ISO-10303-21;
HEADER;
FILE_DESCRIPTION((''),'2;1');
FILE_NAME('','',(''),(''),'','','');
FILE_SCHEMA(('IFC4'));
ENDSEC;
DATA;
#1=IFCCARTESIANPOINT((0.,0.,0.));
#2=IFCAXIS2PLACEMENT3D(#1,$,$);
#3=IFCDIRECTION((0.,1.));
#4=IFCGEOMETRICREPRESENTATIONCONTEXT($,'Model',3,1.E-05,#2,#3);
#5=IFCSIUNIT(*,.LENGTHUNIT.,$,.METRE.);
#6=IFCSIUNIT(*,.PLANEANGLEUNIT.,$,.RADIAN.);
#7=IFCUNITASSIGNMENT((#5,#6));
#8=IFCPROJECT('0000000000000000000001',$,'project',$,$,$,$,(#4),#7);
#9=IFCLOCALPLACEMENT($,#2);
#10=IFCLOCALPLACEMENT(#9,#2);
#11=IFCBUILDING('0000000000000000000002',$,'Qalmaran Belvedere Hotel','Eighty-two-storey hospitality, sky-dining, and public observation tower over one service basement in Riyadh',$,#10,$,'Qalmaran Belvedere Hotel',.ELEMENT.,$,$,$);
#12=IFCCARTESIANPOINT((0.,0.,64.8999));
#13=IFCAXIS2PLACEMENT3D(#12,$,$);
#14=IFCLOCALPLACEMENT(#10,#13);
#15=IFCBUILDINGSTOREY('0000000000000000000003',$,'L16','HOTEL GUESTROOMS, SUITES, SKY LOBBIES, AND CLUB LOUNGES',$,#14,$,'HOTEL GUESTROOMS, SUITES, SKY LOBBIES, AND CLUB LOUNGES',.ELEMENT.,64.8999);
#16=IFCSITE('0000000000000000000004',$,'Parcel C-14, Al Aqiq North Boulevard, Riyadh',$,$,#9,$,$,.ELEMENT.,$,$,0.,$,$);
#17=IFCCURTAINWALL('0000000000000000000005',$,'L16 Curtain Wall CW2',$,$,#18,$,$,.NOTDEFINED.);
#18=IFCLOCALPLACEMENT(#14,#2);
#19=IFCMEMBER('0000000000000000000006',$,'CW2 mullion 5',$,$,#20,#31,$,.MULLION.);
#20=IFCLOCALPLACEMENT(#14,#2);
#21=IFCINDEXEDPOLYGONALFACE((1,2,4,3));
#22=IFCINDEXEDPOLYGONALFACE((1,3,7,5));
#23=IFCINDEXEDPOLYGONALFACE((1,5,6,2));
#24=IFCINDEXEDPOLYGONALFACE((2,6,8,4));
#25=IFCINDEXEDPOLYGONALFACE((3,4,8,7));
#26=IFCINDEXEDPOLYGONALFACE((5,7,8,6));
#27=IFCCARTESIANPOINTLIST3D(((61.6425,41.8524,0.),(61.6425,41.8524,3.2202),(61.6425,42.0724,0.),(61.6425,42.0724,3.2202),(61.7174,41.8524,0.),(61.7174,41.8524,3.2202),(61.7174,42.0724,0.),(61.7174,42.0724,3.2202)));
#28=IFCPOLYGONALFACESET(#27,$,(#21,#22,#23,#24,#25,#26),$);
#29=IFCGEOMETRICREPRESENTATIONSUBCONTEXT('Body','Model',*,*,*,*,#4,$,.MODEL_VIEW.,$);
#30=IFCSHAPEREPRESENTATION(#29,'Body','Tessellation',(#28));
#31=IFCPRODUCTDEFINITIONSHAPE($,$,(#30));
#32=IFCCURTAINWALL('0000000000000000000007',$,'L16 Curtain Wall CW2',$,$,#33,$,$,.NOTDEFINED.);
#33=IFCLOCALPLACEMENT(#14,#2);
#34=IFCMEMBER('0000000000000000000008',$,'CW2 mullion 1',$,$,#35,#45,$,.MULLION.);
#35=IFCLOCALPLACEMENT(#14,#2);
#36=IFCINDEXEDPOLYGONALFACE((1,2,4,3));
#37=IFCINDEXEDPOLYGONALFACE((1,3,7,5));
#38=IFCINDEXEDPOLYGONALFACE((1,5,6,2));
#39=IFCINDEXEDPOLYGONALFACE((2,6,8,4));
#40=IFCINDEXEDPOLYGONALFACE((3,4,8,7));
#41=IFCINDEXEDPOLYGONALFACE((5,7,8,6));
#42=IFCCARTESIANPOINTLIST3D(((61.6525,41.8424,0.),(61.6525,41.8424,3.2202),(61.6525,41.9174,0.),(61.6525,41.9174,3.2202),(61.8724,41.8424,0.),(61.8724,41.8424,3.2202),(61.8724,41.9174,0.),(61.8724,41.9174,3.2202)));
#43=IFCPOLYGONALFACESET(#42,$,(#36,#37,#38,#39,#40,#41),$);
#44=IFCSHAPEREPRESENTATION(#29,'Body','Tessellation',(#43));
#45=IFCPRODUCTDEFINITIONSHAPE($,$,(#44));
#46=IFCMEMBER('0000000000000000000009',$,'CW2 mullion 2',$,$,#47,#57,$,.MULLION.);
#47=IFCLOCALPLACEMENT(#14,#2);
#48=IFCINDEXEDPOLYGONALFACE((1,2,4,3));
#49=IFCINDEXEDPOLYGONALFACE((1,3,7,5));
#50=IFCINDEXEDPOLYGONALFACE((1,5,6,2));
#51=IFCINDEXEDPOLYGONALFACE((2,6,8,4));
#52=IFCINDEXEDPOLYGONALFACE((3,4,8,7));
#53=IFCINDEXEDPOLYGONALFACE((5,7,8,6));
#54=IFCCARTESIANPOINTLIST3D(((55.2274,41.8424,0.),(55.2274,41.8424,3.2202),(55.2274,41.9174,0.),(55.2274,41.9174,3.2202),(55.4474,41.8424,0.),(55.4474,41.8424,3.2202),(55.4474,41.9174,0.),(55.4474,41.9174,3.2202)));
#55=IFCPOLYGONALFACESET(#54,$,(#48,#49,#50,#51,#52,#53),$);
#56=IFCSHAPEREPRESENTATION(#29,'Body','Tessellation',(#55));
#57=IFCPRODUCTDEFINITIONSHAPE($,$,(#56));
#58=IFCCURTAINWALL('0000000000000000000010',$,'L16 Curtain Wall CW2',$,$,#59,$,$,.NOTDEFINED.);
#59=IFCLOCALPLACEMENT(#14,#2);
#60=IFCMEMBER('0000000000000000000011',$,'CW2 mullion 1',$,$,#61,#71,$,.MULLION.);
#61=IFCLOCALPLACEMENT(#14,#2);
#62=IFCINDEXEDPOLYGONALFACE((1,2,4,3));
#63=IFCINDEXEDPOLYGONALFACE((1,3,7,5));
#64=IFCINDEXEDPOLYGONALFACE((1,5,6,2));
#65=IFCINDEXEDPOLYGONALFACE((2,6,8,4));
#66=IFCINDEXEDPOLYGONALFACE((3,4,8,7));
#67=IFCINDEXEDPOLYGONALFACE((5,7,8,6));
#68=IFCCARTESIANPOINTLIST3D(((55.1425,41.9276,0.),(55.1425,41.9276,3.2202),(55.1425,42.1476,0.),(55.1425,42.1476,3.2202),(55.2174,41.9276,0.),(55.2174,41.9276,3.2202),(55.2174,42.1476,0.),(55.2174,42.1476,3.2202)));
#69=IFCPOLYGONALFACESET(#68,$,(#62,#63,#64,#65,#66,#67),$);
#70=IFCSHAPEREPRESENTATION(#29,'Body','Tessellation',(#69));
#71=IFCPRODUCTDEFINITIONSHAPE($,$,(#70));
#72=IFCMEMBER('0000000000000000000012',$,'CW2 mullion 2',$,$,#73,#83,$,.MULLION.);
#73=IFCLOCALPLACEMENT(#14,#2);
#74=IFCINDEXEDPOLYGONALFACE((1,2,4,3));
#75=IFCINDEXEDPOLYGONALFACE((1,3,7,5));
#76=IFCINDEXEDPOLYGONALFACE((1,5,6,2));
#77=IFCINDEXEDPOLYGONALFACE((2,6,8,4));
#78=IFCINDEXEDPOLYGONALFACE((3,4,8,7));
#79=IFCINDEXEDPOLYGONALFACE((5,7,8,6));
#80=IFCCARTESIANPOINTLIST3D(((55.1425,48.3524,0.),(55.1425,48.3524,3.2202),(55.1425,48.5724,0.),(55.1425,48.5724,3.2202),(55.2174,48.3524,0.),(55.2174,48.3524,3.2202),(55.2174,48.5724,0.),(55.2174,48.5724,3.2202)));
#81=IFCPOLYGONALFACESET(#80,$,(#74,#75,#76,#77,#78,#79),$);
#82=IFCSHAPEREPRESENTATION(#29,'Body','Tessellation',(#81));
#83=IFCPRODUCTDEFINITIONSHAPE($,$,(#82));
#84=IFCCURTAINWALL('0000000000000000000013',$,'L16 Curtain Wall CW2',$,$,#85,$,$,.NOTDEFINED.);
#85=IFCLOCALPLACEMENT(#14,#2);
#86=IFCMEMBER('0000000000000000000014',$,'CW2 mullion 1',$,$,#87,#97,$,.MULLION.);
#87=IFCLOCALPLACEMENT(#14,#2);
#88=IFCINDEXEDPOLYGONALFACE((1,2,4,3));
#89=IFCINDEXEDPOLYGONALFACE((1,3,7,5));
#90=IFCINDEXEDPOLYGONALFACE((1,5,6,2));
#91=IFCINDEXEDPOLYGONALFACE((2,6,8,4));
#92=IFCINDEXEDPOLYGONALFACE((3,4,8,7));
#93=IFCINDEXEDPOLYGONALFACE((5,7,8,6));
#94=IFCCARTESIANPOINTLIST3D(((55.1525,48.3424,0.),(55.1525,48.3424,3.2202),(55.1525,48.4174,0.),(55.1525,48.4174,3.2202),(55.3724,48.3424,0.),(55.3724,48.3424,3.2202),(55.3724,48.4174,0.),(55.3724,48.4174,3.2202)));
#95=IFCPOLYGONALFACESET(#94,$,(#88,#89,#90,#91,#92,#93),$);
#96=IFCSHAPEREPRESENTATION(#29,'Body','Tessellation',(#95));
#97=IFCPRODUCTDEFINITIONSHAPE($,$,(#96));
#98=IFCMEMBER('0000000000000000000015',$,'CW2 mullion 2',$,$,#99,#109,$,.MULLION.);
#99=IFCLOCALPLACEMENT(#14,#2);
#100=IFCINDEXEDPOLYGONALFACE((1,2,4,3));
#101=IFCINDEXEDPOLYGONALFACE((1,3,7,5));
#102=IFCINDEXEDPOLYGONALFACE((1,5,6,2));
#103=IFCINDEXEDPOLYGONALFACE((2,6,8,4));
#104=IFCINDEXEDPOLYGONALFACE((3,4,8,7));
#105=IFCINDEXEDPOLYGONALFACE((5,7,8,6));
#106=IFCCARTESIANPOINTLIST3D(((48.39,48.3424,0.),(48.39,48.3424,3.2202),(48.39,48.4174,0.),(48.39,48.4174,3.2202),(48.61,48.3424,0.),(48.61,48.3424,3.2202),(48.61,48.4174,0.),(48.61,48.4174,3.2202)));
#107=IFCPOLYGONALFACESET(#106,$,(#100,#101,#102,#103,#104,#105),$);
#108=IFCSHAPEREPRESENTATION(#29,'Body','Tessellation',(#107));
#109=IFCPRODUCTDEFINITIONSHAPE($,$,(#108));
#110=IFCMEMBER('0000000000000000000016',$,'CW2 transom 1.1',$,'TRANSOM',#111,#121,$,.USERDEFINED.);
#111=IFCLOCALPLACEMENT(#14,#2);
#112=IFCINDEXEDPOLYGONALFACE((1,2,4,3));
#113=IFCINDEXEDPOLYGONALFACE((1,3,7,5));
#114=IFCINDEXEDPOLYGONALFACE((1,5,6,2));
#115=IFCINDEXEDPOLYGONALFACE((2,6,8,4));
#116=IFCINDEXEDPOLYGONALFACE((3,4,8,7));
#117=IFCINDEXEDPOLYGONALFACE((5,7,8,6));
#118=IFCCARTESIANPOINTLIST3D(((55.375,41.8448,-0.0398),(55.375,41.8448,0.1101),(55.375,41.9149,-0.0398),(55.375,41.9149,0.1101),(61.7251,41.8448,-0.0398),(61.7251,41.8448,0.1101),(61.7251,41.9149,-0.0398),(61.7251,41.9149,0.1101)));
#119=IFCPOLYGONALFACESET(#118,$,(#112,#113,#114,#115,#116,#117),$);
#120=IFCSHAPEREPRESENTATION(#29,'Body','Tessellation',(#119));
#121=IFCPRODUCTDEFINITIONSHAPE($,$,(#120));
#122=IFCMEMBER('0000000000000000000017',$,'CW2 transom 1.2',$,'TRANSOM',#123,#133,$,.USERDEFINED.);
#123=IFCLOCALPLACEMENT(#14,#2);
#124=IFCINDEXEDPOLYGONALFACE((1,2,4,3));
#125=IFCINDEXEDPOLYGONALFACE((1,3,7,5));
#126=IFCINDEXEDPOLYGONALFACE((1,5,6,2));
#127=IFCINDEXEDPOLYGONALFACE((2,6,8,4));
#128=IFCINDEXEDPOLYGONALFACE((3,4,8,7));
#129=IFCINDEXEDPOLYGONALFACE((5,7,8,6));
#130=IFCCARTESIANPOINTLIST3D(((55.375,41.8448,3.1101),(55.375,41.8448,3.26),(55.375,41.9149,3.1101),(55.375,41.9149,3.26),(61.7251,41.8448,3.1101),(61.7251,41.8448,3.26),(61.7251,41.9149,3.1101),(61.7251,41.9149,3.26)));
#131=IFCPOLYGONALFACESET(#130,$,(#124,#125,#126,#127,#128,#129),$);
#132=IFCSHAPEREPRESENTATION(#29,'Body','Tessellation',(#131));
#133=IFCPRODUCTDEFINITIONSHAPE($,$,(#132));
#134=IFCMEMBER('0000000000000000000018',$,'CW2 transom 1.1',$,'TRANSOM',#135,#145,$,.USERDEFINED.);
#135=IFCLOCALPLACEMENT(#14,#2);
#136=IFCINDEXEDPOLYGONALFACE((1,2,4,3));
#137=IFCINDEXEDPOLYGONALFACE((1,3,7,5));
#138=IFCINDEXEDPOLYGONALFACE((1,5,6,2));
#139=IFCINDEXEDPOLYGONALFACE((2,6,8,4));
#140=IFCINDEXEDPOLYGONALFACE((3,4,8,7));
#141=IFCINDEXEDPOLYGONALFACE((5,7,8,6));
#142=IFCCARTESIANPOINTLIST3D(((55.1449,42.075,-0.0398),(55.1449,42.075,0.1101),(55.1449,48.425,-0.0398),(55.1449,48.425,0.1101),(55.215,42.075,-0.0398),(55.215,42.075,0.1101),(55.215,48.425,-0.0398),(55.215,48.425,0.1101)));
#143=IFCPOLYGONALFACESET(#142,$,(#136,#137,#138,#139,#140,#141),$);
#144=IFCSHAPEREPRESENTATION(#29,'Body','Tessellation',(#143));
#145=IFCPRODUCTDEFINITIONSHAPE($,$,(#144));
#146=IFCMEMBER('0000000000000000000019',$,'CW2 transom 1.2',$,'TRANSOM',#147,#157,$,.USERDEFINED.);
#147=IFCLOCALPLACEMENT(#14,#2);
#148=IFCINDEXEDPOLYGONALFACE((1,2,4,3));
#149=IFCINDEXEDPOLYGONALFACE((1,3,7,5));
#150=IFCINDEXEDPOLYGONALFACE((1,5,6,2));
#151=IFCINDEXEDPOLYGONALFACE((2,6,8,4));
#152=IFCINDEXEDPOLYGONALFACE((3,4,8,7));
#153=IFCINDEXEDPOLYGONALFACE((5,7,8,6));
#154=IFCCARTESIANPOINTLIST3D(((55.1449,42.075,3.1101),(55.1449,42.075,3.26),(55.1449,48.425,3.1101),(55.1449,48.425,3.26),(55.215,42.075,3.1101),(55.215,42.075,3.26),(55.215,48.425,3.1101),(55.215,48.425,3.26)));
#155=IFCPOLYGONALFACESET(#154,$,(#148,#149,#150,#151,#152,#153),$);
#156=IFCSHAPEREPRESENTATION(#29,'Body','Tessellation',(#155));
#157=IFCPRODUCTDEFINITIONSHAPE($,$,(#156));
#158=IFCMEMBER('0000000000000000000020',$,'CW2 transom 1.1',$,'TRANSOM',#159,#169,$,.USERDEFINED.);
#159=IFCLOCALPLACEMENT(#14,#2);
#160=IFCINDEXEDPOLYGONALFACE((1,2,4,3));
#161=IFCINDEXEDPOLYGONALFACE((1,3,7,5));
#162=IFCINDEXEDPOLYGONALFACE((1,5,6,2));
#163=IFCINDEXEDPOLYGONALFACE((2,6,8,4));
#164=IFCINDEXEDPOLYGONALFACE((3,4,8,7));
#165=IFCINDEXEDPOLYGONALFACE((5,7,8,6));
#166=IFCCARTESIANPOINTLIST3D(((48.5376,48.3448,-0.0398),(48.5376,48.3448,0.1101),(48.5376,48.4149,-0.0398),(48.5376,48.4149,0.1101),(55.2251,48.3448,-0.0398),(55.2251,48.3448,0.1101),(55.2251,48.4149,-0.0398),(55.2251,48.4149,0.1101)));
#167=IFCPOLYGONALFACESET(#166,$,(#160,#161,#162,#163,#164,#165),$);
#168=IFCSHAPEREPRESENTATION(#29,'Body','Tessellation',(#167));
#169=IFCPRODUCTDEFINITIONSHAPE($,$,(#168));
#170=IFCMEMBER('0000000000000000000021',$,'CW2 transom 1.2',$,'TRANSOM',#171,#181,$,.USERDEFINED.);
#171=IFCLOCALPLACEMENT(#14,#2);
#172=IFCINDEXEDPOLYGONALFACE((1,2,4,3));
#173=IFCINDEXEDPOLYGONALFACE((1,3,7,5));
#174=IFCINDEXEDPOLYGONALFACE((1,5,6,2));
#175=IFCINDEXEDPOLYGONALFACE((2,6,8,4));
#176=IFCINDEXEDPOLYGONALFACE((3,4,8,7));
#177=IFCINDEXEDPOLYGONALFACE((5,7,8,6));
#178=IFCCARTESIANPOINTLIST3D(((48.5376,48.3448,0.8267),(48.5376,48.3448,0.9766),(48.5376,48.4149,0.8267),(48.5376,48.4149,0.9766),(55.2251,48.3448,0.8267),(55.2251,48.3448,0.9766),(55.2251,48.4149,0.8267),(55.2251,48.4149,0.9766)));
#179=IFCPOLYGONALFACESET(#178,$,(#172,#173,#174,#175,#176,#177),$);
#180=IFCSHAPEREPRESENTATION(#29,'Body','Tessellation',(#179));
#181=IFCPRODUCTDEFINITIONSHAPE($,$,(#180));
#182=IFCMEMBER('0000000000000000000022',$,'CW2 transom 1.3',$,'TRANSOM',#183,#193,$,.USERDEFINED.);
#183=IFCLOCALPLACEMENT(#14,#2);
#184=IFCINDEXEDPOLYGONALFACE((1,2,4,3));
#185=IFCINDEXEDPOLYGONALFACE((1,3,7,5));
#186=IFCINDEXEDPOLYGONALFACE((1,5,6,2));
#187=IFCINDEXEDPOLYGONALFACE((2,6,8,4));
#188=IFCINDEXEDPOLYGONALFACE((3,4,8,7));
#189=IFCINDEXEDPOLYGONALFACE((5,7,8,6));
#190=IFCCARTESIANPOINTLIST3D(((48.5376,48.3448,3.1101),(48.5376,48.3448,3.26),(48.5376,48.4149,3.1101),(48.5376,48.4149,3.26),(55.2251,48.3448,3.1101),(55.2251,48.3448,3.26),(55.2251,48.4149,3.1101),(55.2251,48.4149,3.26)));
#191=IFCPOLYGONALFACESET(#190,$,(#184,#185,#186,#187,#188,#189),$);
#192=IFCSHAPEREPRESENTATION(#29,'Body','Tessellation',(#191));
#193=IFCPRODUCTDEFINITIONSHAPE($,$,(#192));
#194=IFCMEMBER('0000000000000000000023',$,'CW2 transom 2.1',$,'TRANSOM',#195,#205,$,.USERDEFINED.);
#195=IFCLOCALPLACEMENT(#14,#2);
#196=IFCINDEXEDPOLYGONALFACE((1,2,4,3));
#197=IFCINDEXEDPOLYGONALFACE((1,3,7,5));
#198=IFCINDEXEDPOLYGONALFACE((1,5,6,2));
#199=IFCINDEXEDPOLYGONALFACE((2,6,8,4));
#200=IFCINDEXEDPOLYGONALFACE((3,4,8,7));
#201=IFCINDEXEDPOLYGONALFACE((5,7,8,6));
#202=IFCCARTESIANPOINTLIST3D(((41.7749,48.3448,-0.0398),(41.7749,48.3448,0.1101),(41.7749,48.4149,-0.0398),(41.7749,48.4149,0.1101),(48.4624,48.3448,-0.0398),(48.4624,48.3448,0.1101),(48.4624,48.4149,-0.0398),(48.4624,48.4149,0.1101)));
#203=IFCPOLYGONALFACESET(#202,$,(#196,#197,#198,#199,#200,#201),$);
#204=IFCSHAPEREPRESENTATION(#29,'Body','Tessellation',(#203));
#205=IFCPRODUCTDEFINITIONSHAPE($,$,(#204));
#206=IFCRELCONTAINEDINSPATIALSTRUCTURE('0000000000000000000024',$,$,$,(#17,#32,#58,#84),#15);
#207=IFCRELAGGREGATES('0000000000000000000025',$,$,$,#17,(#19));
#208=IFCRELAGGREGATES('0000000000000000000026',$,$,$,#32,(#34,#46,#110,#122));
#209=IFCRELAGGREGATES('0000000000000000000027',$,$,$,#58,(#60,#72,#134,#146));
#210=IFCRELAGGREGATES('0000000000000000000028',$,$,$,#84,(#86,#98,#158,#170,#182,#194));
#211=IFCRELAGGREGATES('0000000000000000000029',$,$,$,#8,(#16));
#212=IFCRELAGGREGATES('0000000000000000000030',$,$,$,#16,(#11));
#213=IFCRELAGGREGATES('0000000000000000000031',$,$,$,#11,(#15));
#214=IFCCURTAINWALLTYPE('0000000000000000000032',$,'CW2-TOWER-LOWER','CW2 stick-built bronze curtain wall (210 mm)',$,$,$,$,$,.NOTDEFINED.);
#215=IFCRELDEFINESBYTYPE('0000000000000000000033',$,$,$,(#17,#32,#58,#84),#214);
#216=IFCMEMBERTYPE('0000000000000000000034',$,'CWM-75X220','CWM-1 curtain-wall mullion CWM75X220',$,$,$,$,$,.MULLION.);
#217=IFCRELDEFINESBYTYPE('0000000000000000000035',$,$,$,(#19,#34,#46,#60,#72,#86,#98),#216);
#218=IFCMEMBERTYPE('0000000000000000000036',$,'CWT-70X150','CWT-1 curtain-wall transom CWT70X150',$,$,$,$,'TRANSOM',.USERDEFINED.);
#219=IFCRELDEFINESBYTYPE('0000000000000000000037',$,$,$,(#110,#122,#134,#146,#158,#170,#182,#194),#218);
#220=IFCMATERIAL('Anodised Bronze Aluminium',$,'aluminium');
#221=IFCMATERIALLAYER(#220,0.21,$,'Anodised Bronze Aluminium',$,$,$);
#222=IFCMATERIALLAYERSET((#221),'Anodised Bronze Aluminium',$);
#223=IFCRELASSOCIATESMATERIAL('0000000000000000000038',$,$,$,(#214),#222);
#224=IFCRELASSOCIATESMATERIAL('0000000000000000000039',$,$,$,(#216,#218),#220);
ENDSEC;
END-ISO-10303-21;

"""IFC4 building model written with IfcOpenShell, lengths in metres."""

from ifc_helpers import new_model, si_unit, direction, frame, origin, origin_2d, place, context, subcontext, project, spatial, rectangle, extrude, material, layer, layer_set, material_profile, profile_set, type_object, element, aggregate, save


model = new_model("IFC4")

# Units and contexts
model_context = context("Model", 3, precision=1e-05, world=origin(), true_north=direction((0.0, 1.0)))
body_context = subcontext(model_context, "Body", "Model", "MODEL_VIEW")
ifc_project = project(units=[si_unit("LENGTHUNIT", "METRE"), si_unit("PLANEANGLEUNIT", "RADIAN")], contexts=[model_context])

# Site, building, storey
site_placement = place(None, origin())
site = spatial("IfcSite", under=ifc_project, at=site_placement, Name="Parcel C-14, Al Aqiq North Boulevard, Riyadh", CompositionType="ELEMENT", RefElevation=0.0)
building_placement = place(site_placement, origin())
building = spatial("IfcBuilding", under=site, at=building_placement, Name="Qalmaran Belvedere Hotel", Description="Eighty-two-storey hospitality, sky-dining, and public observation tower over one service basement in Riyadh", LongName="Qalmaran Belvedere Hotel", CompositionType="ELEMENT")
storey_placement = place(building_placement, frame((0.0, 0.0, 64.8999)))
storey = spatial("IfcBuildingStorey", under=building, at=storey_placement, Name="L16", Description="HOTEL GUESTROOMS, SUITES, SKY LOBBIES, AND CLUB LOUNGES", LongName="HOTEL GUESTROOMS, SUITES, SKY LOBBIES, AND CLUB LOUNGES", CompositionType="ELEMENT", Elevation=64.8999)

# Curtain wall, member
ifc_material_1 = material(Name="Anodised Bronze Aluminium", Category="aluminium")
ifc_layer_1 = layer(ifc_material_1, 0.21, Name="Anodised Bronze Aluminium")
ifc_layer_set_1 = layer_set([ifc_layer_1], Name="Anodised Bronze Aluminium")
curtain_wall_type = type_object("IfcCurtainWallType", Name="CW2-TOWER-LOWER", Description="CW2 stick-built bronze curtain wall (210 mm)", PredefinedType="NOTDEFINED", material=ifc_layer_set_1)
curtain_wall_1_placement = place(storey_placement, origin())
curtain_wall_1 = element("IfcCurtainWall", 1, at=curtain_wall_1_placement, inside=storey, type_object=curtain_wall_type, Name="L16 Curtain Wall CW2", PredefinedType="NOTDEFINED")
ifc_material_profile_1 = material_profile(ifc_material_1, rectangle(XDim=0.075, YDim=0.22, at=origin_2d()), Name="CWM75X220")
ifc_profile_set_1 = profile_set([ifc_material_profile_1], Name="Anodised Bronze Aluminium")
member_type_1 = type_object("IfcMemberType", Name="CWM-75X220", Description="CWM-1 curtain-wall mullion CWM75X220", PredefinedType="MULLION", material=ifc_profile_set_1)
member_1_placement = place(storey_placement, frame((61.6799, 41.9624, 0.0), z_axis=(0.0, 0.0, 1.0), x_axis=(-1.0, 0.0, 0.0)))
member_1 = element("IfcMember", 2, at=member_1_placement, type_object=member_type_1, Name="CW2 mullion 5", PredefinedType="MULLION", context=body_context, shape_type="SweptSolid", body=[
    extrude(rectangle(XDim=0.075, YDim=0.22, at=origin_2d()), origin(), (0.0, 0.0, 1.0), 3.2202),
])

# Curtain walls, members
curtain_wall_2_placement = place(storey_placement, origin())
curtain_wall_2 = element("IfcCurtainWall", 3, at=curtain_wall_2_placement, inside=storey, type_object=curtain_wall_type, Name="L16 Curtain Wall CW2", PredefinedType="NOTDEFINED")
member_2_placement = place(storey_placement, frame((61.7625, 41.8799, 0.0), z_axis=(0.0, 0.0, 1.0), x_axis=(0.0, -1.0, 0.0)))
member_2 = element("IfcMember", 4, at=member_2_placement, type_object=member_type_1, Name="CW2 mullion 1", PredefinedType="MULLION", context=body_context, shape_type="SweptSolid", body=[
    extrude(rectangle(XDim=0.075, YDim=0.22, at=origin_2d()), origin(), (0.0, 0.0, 1.0), 3.2202),
])
member_3_placement = place(storey_placement, frame((55.3374, 41.8799, 0.0), z_axis=(0.0, 0.0, 1.0), x_axis=(0.0, -1.0, 0.0)))
member_3 = element("IfcMember", 5, at=member_3_placement, type_object=member_type_1, Name="CW2 mullion 2", PredefinedType="MULLION", context=body_context, shape_type="SweptSolid", body=[
    extrude(rectangle(XDim=0.075, YDim=0.22, at=origin_2d()), origin(), (0.0, 0.0, 1.0), 3.2202),
])
curtain_wall_3_placement = place(storey_placement, origin())
curtain_wall_3 = element("IfcCurtainWall", 6, at=curtain_wall_3_placement, inside=storey, type_object=curtain_wall_type, Name="L16 Curtain Wall CW2", PredefinedType="NOTDEFINED")
member_4_placement = place(storey_placement, frame((55.1799, 42.0376, 0.0), z_axis=(0.0, 0.0, 1.0), x_axis=(-1.0, 0.0, 0.0)))
member_4 = element("IfcMember", 7, at=member_4_placement, type_object=member_type_1, Name="CW2 mullion 1", PredefinedType="MULLION", context=body_context, shape_type="SweptSolid", body=[
    extrude(rectangle(XDim=0.075, YDim=0.22, at=origin_2d()), origin(), (0.0, 0.0, 1.0), 3.2202),
])
member_5_placement = place(storey_placement, frame((55.1799, 48.4624, 0.0), z_axis=(0.0, 0.0, 1.0), x_axis=(-1.0, 0.0, 0.0)))
member_5 = element("IfcMember", 8, at=member_5_placement, type_object=member_type_1, Name="CW2 mullion 2", PredefinedType="MULLION", context=body_context, shape_type="SweptSolid", body=[
    extrude(rectangle(XDim=0.075, YDim=0.22, at=origin_2d()), origin(), (0.0, 0.0, 1.0), 3.2202),
])
curtain_wall_4_placement = place(storey_placement, origin())
curtain_wall_4 = element("IfcCurtainWall", 9, at=curtain_wall_4_placement, inside=storey, type_object=curtain_wall_type, Name="L16 Curtain Wall CW2", PredefinedType="NOTDEFINED")
member_6_placement = place(storey_placement, frame((55.2625, 48.3799, 0.0), z_axis=(0.0, 0.0, 1.0), x_axis=(0.0, -1.0, 0.0)))
member_6 = element("IfcMember", 10, at=member_6_placement, type_object=member_type_1, Name="CW2 mullion 1", PredefinedType="MULLION", context=body_context, shape_type="SweptSolid", body=[
    extrude(rectangle(XDim=0.075, YDim=0.22, at=origin_2d()), origin(), (0.0, 0.0, 1.0), 3.2202),
])
member_7_placement = place(storey_placement, frame((48.5, 48.3799, 0.0), z_axis=(0.0, 0.0, 1.0), x_axis=(0.0, -1.0, 0.0)))
member_7 = element("IfcMember", 11, at=member_7_placement, type_object=member_type_1, Name="CW2 mullion 2", PredefinedType="MULLION", context=body_context, shape_type="SweptSolid", body=[
    extrude(rectangle(XDim=0.075, YDim=0.22, at=origin_2d()), origin(), (0.0, 0.0, 1.0), 3.2202),
])

# Members
ifc_material_profile_2 = material_profile(ifc_material_1, rectangle(XDim=0.0701, YDim=0.1499, at=origin_2d()), Name="CWT70X150")
ifc_profile_set_2 = profile_set([ifc_material_profile_2], Name="Anodised Bronze Aluminium")
member_type_2 = type_object("IfcMemberType", Name="CWT-70X150", Description="CWT-1 curtain-wall transom CWT70X150", ElementType="TRANSOM", PredefinedType="USERDEFINED", material=ifc_profile_set_2)
member_8_placement = place(storey_placement, frame((61.7251, 41.8799, 0.0352), z_axis=(-1.0, 0.0, 0.0), x_axis=(0.0, -1.0, 0.0)))
member_8 = element("IfcMember", 12, at=member_8_placement, type_object=member_type_2, Name="CW2 transom 1.1", ObjectType="TRANSOM", PredefinedType="USERDEFINED", context=body_context, shape_type="SweptSolid", body=[
    extrude(rectangle(XDim=0.0701, YDim=0.1499, at=origin_2d()), origin(), (0.0, 0.0, 1.0), 6.3501),
])
member_9_placement = place(storey_placement, frame((61.7251, 41.8799, 3.1851), z_axis=(-1.0, 0.0, 0.0), x_axis=(0.0, -1.0, 0.0)))
member_9 = element("IfcMember", 13, at=member_9_placement, type_object=member_type_2, Name="CW2 transom 1.2", ObjectType="TRANSOM", PredefinedType="USERDEFINED", context=body_context, shape_type="SweptSolid", body=[
    extrude(rectangle(XDim=0.0701, YDim=0.1499, at=origin_2d()), origin(), (0.0, 0.0, 1.0), 6.3501),
])
member_10_placement = place(storey_placement, frame((55.1799, 42.075, 0.0352), z_axis=(0.0, 1.0, 0.0), x_axis=(-1.0, 0.0, 0.0)))
member_10 = element("IfcMember", 14, at=member_10_placement, type_object=member_type_2, Name="CW2 transom 1.1", ObjectType="TRANSOM", PredefinedType="USERDEFINED", context=body_context, shape_type="SweptSolid", body=[
    extrude(rectangle(XDim=0.0701, YDim=0.1499, at=origin_2d()), origin(), (0.0, 0.0, 1.0), 6.3501),
])
member_11_placement = place(storey_placement, frame((55.1799, 42.075, 3.1851), z_axis=(0.0, 1.0, 0.0), x_axis=(-1.0, 0.0, 0.0)))
member_11 = element("IfcMember", 15, at=member_11_placement, type_object=member_type_2, Name="CW2 transom 1.2", ObjectType="TRANSOM", PredefinedType="USERDEFINED", context=body_context, shape_type="SweptSolid", body=[
    extrude(rectangle(XDim=0.0701, YDim=0.1499, at=origin_2d()), origin(), (0.0, 0.0, 1.0), 6.3501),
])
member_12_placement = place(storey_placement, frame((55.2251, 48.3799, 0.0352), z_axis=(-1.0, 0.0, 0.0), x_axis=(0.0, -1.0, 0.0)))
member_12 = element("IfcMember", 16, at=member_12_placement, type_object=member_type_2, Name="CW2 transom 1.1", ObjectType="TRANSOM", PredefinedType="USERDEFINED", context=body_context, shape_type="SweptSolid", body=[
    extrude(rectangle(XDim=0.0701, YDim=0.1499, at=origin_2d()), origin(), (0.0, 0.0, 1.0), 6.6875),
])
member_13_placement = place(storey_placement, frame((55.2251, 48.3799, 0.9016), z_axis=(-1.0, 0.0, 0.0), x_axis=(0.0, -1.0, 0.0)))
member_13 = element("IfcMember", 17, at=member_13_placement, type_object=member_type_2, Name="CW2 transom 1.2", ObjectType="TRANSOM", PredefinedType="USERDEFINED", context=body_context, shape_type="SweptSolid", body=[
    extrude(rectangle(XDim=0.0701, YDim=0.1499, at=origin_2d()), origin(), (0.0, 0.0, 1.0), 6.6875),
])
member_14_placement = place(storey_placement, frame((55.2251, 48.3799, 3.1851), z_axis=(-1.0, 0.0, 0.0), x_axis=(0.0, -1.0, 0.0)))
member_14 = element("IfcMember", 18, at=member_14_placement, type_object=member_type_2, Name="CW2 transom 1.3", ObjectType="TRANSOM", PredefinedType="USERDEFINED", context=body_context, shape_type="SweptSolid", body=[
    extrude(rectangle(XDim=0.0701, YDim=0.1499, at=origin_2d()), origin(), (0.0, 0.0, 1.0), 6.6875),
])
member_15_placement = place(storey_placement, frame((48.4624, 48.3799, 0.0352), z_axis=(-1.0, 0.0, 0.0), x_axis=(0.0, -1.0, 0.0)))
member_15 = element("IfcMember", 19, at=member_15_placement, type_object=member_type_2, Name="CW2 transom 2.1", ObjectType="TRANSOM", PredefinedType="USERDEFINED", context=body_context, shape_type="SweptSolid", body=[
    extrude(rectangle(XDim=0.0701, YDim=0.1499, at=origin_2d()), origin(), (0.0, 0.0, 1.0), 6.6875),
])

aggregate(curtain_wall_1, [member_1])
aggregate(curtain_wall_2, [member_2, member_3, member_8, member_9])
aggregate(curtain_wall_3, [member_4, member_5, member_10, member_11])
aggregate(curtain_wall_4, [member_6, member_7, member_12, member_13, member_14, member_15])

save(model, "model.ifc")
